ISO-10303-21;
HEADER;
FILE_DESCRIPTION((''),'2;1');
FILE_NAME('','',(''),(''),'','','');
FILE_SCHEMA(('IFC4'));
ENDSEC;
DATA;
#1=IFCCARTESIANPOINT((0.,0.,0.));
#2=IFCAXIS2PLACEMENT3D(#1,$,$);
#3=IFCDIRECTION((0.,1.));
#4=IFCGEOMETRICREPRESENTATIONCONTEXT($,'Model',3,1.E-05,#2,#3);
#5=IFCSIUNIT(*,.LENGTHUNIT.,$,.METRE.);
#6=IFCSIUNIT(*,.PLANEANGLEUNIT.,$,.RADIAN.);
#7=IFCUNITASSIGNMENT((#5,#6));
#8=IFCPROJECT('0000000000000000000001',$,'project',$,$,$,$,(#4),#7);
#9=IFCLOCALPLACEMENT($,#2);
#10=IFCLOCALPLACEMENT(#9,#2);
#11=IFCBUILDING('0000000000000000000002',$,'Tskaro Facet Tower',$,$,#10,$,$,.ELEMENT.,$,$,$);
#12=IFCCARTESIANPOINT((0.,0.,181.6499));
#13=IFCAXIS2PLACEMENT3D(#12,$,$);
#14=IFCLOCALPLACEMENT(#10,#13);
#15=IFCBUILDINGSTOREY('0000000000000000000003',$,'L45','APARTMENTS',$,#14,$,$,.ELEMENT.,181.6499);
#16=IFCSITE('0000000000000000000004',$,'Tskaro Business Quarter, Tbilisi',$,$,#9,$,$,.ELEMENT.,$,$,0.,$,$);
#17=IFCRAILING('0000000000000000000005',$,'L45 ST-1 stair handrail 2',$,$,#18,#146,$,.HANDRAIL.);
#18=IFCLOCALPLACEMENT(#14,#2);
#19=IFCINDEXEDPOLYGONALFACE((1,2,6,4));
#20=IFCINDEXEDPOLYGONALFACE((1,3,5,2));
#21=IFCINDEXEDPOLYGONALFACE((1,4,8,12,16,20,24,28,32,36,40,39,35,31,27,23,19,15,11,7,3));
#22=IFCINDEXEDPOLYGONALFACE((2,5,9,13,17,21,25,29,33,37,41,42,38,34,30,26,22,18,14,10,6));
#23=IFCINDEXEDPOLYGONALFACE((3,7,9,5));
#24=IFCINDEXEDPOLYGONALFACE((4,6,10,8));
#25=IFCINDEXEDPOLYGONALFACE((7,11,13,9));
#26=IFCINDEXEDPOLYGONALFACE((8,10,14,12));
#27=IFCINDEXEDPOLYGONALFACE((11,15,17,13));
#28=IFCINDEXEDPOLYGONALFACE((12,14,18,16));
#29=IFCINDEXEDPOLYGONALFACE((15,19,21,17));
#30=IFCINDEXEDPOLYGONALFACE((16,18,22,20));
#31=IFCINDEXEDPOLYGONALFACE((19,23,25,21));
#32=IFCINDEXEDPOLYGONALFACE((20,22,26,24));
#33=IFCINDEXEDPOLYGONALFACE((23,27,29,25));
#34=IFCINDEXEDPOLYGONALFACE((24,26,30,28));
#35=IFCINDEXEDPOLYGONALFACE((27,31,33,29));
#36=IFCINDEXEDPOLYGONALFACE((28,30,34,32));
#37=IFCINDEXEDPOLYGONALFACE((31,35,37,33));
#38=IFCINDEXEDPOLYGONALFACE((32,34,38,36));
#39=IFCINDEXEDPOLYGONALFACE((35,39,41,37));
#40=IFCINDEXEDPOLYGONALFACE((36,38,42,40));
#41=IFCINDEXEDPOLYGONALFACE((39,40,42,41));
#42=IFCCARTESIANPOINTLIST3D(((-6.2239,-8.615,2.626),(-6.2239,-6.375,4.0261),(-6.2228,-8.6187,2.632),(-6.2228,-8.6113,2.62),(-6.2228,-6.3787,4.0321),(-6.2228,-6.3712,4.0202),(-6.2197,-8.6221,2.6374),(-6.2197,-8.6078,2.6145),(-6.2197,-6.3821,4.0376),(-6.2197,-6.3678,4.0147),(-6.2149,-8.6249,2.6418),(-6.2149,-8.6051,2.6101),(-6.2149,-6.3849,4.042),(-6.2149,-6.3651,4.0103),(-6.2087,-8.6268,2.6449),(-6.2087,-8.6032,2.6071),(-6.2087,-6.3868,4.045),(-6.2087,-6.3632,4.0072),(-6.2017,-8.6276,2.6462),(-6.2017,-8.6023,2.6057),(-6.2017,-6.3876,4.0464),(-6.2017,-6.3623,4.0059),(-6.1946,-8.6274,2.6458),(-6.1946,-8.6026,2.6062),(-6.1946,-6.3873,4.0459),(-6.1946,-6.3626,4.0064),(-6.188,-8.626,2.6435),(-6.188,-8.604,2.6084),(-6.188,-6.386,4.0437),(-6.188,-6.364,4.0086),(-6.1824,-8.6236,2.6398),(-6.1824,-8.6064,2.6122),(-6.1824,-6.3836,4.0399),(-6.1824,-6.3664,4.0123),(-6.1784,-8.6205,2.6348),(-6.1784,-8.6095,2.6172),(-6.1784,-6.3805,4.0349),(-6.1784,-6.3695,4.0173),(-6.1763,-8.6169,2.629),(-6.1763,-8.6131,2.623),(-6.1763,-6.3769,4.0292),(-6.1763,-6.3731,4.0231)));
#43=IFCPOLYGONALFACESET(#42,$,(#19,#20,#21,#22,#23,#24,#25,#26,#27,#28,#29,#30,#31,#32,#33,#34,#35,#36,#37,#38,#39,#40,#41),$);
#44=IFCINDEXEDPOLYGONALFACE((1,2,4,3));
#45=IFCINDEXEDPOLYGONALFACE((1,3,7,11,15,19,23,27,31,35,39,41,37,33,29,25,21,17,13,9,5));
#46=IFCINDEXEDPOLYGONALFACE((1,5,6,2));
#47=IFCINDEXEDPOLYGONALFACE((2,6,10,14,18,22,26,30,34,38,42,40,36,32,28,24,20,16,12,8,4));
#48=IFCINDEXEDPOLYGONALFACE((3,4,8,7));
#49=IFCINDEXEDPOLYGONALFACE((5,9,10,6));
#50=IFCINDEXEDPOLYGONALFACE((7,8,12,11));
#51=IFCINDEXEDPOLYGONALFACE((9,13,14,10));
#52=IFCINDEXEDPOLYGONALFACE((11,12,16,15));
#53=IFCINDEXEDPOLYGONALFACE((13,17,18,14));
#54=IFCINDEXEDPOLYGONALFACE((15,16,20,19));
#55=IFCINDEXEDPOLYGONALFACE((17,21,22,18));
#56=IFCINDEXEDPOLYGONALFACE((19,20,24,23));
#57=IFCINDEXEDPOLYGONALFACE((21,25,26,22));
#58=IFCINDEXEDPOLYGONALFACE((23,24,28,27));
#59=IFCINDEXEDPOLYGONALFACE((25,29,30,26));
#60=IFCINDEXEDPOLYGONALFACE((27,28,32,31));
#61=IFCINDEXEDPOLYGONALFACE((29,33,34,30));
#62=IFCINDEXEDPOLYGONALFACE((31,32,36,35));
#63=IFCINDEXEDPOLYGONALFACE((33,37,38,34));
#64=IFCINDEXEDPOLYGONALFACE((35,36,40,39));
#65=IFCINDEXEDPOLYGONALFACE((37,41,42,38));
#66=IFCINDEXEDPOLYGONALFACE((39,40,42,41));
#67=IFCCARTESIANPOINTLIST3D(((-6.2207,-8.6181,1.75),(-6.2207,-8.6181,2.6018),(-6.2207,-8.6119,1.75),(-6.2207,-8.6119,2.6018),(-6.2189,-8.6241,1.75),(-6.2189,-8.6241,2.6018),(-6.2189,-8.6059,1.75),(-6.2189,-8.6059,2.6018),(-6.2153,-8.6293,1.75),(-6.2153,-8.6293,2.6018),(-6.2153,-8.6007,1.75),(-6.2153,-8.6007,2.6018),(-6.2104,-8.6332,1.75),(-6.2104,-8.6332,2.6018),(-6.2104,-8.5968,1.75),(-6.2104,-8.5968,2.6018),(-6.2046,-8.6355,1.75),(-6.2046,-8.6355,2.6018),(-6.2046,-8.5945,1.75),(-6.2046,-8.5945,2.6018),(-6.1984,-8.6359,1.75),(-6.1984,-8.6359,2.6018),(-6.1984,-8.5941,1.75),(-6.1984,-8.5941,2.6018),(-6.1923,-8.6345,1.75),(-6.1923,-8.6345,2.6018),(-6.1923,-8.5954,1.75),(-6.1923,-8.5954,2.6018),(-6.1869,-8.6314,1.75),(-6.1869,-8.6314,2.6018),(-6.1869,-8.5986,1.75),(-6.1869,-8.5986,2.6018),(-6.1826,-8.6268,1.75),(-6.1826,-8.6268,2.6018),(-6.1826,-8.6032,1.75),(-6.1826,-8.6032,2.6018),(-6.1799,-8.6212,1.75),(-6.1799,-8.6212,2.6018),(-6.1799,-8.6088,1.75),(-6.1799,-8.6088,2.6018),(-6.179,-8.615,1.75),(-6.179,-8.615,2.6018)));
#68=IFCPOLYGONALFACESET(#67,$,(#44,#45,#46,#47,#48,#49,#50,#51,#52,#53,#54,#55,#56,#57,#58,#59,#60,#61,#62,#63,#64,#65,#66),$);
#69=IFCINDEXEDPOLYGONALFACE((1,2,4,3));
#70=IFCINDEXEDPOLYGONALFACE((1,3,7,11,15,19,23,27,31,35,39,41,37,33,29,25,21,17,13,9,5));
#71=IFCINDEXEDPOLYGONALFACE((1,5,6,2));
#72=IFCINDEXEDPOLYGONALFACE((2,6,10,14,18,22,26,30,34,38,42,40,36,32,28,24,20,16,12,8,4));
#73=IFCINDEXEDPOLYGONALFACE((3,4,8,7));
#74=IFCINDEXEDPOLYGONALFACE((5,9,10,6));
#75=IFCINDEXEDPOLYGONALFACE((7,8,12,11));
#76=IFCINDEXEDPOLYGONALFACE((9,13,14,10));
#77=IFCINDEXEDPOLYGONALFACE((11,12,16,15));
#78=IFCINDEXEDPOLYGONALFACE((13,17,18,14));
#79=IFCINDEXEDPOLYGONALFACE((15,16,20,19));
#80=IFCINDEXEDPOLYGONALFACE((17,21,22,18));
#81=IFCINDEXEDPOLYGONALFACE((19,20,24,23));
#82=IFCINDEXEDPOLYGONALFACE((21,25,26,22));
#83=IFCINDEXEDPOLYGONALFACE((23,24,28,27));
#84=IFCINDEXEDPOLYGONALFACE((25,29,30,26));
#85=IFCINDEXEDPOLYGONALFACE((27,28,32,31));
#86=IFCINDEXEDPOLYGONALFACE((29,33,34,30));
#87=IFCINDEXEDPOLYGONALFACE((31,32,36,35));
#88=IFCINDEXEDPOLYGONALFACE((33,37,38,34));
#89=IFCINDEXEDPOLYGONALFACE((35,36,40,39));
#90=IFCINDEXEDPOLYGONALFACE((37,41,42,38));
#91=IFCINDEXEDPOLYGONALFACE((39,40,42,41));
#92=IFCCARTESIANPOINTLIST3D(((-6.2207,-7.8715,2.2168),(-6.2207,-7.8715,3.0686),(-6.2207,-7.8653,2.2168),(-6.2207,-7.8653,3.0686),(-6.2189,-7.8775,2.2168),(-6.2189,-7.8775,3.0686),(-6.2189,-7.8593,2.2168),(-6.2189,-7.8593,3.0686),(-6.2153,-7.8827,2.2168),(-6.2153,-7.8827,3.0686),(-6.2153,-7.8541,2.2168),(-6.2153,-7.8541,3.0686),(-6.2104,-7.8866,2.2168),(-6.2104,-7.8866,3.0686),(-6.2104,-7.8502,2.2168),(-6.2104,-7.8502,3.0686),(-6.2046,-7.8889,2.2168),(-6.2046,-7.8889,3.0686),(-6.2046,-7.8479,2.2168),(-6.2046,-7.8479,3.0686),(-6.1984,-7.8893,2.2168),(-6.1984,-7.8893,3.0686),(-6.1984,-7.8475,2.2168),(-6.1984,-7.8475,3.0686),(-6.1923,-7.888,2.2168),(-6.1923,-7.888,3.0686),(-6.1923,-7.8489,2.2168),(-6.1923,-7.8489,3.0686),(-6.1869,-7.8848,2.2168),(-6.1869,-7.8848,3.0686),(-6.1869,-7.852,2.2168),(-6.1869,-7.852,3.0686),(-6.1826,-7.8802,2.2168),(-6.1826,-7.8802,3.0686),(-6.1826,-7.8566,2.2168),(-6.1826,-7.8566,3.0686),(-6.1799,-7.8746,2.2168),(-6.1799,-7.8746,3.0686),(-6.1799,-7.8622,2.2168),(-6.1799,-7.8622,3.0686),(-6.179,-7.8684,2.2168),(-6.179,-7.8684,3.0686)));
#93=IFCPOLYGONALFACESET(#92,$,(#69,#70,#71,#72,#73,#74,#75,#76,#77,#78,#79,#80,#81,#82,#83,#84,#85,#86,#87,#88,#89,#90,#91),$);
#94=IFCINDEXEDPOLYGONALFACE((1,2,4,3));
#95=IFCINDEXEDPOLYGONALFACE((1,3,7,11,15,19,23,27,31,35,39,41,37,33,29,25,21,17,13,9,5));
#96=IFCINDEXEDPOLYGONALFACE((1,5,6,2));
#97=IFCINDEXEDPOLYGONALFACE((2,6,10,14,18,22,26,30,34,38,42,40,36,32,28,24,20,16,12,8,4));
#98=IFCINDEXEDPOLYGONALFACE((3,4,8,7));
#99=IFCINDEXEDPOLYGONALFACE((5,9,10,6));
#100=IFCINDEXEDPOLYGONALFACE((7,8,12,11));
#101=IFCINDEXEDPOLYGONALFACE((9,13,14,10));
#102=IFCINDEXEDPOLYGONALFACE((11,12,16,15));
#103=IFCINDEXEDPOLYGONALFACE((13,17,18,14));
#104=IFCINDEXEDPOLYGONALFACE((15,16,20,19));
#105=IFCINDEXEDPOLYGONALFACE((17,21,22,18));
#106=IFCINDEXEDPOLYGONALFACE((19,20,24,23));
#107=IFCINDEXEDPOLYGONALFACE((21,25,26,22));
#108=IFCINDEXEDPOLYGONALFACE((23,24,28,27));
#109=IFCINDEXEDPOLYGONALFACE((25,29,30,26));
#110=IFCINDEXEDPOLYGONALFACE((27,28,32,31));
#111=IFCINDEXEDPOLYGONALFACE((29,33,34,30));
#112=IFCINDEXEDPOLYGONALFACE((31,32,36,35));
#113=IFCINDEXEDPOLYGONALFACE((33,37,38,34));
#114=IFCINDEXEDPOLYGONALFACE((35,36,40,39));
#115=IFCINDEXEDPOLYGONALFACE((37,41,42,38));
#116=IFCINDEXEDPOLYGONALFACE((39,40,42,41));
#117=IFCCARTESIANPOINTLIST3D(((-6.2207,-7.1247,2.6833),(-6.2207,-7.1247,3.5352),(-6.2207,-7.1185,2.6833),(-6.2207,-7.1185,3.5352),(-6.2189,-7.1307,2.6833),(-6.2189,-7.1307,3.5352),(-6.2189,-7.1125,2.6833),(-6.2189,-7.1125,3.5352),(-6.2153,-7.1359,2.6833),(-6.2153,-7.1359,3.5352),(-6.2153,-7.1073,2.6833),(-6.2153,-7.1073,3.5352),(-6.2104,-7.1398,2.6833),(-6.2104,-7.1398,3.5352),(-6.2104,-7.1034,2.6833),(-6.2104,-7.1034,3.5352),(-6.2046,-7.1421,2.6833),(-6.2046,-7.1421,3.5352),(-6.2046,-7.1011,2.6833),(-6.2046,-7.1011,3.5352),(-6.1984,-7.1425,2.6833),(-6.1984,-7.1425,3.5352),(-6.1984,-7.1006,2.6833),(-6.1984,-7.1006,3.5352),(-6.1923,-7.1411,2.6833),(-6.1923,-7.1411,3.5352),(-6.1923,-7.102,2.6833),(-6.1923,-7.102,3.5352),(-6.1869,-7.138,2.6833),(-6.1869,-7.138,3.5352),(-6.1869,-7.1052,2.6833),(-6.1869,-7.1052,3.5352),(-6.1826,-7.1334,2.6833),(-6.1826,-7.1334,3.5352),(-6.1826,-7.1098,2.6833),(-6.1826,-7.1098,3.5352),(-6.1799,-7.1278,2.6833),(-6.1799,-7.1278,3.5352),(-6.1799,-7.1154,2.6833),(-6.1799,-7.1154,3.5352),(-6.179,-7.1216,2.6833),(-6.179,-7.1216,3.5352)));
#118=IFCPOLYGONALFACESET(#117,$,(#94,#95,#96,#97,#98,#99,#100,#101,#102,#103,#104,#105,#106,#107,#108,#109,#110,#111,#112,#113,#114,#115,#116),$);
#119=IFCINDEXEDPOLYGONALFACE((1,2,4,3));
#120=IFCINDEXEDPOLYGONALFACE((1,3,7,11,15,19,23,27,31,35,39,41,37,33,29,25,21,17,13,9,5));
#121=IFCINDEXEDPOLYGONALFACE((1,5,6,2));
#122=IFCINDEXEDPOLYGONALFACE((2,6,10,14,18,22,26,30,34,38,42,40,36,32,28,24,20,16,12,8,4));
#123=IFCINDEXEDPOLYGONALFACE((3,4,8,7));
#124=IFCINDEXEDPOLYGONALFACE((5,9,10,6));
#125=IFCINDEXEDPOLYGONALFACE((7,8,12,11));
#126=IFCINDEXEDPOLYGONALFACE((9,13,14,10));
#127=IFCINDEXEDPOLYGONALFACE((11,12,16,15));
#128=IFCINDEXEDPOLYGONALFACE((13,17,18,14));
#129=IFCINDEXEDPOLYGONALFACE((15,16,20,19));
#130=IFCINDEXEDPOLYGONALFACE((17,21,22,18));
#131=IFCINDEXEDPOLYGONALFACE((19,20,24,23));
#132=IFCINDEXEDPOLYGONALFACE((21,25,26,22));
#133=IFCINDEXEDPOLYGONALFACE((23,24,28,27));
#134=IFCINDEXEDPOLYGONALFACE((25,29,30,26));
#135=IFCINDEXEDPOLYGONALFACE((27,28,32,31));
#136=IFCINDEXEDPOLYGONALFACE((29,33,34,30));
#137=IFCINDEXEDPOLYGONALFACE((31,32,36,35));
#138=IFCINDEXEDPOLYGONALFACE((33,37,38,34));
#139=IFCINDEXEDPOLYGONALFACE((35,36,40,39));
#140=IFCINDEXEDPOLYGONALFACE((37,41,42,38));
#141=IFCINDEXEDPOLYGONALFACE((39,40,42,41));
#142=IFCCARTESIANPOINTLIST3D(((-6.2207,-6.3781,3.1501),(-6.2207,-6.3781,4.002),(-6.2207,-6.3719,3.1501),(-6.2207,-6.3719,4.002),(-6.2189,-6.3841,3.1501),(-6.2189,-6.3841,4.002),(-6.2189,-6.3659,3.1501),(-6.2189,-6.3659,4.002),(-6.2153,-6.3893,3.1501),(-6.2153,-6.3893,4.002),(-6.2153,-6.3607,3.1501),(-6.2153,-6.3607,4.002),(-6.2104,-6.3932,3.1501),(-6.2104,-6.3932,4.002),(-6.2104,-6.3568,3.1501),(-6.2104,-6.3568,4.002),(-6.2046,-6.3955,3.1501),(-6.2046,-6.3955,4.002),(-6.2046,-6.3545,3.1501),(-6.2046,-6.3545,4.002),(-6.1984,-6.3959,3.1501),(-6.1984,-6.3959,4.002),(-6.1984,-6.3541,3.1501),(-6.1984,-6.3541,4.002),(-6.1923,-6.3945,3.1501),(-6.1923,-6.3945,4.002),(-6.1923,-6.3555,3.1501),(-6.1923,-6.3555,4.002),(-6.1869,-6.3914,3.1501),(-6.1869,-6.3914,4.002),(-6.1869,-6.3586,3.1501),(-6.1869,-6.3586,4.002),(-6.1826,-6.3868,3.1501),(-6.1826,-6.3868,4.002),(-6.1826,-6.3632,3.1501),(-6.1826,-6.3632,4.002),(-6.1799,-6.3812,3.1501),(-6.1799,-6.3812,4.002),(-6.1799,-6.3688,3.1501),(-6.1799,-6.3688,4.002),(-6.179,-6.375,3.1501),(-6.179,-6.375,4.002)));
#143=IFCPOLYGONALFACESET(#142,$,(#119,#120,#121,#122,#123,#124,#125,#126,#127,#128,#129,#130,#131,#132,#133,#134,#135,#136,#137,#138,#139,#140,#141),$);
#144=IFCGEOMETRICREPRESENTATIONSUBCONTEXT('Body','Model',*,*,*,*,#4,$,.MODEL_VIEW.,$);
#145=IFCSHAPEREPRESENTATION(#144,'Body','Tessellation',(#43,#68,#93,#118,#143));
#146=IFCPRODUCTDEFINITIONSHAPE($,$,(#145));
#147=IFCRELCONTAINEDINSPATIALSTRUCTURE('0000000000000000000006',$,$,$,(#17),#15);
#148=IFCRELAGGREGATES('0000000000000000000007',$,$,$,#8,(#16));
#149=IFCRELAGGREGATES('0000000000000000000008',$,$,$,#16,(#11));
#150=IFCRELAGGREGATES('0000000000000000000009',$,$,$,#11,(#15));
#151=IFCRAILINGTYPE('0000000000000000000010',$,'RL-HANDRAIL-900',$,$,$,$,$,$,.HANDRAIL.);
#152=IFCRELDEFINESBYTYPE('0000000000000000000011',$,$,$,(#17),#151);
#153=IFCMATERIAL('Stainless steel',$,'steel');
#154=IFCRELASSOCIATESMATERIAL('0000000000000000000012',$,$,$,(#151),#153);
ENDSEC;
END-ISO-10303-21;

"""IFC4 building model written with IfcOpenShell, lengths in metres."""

from ifc_helpers import new_model, si_unit, direction, frame, origin, origin_2d, place, context, subcontext, project, spatial, circle, extrude, material, type_object, element, save


model = new_model("IFC4")

# Units and contexts
model_context = context("Model", 3, precision=1e-05, world=origin(), true_north=direction((0.0, 1.0)))
body_context = subcontext(model_context, "Body", "Model", "MODEL_VIEW")
ifc_project = project(units=[si_unit("LENGTHUNIT", "METRE"), si_unit("PLANEANGLEUNIT", "RADIAN")], contexts=[model_context])

# Site, building, storey
site_placement = place(None, origin())
site = spatial("IfcSite", under=ifc_project, at=site_placement, Name="Tskaro Business Quarter, Tbilisi", CompositionType="ELEMENT", RefElevation=0.0)
building_placement = place(site_placement, origin())
building = spatial("IfcBuilding", under=site, at=building_placement, Name="Tskaro Facet Tower", CompositionType="ELEMENT")
storey_placement = place(building_placement, frame((0.0, 0.0, 181.6499)))
storey = spatial("IfcBuildingStorey", under=building, at=storey_placement, Name="L45", Description="APARTMENTS", CompositionType="ELEMENT", Elevation=181.6499)

# Shared definitions
ifc_material_1 = material(Name="Stainless steel", Category="steel")

# Railing
railing_type_1 = type_object("IfcRailingType", Name="RL-HANDRAIL-900", PredefinedType="HANDRAIL", material=ifc_material_1)
railing_1_placement = place(storey_placement, frame((-6.2, -8.615, 1.75)))
element("IfcRailing", 1, at=railing_1_placement, inside=storey, type_object=railing_type_1, Name="L45 ST-1 stair handrail 2", PredefinedType="HANDRAIL", context=body_context, shape_type="SweptSolid", body=[
    extrude(circle(Radius=0.0239, at=origin_2d()), frame((0.0, 0.0, 0.876), z_axis=(0.0, 0.847972, 0.53004), x_axis=(-1.0, 0.0, 0.0)), (0.0, 0.0, 1.0), 2.6416),
    extrude(circle(Radius=0.021, at=origin_2d()), origin(), (0.0, 0.0, 1.0), 0.8518),
    extrude(circle(Radius=0.021, at=origin_2d()), frame((0.0, 0.7466, 0.4668)), (0.0, 0.0, 1.0), 0.8518),
    extrude(circle(Radius=0.021, at=origin_2d()), frame((0.0, 1.4934, 0.9333)), (0.0, 0.0, 1.0), 0.8518),
    extrude(circle(Radius=0.021, at=origin_2d()), frame((0.0, 2.24, 1.4001)), (0.0, 0.0, 1.0), 0.8518),
])

save(model, "model.ifc")
